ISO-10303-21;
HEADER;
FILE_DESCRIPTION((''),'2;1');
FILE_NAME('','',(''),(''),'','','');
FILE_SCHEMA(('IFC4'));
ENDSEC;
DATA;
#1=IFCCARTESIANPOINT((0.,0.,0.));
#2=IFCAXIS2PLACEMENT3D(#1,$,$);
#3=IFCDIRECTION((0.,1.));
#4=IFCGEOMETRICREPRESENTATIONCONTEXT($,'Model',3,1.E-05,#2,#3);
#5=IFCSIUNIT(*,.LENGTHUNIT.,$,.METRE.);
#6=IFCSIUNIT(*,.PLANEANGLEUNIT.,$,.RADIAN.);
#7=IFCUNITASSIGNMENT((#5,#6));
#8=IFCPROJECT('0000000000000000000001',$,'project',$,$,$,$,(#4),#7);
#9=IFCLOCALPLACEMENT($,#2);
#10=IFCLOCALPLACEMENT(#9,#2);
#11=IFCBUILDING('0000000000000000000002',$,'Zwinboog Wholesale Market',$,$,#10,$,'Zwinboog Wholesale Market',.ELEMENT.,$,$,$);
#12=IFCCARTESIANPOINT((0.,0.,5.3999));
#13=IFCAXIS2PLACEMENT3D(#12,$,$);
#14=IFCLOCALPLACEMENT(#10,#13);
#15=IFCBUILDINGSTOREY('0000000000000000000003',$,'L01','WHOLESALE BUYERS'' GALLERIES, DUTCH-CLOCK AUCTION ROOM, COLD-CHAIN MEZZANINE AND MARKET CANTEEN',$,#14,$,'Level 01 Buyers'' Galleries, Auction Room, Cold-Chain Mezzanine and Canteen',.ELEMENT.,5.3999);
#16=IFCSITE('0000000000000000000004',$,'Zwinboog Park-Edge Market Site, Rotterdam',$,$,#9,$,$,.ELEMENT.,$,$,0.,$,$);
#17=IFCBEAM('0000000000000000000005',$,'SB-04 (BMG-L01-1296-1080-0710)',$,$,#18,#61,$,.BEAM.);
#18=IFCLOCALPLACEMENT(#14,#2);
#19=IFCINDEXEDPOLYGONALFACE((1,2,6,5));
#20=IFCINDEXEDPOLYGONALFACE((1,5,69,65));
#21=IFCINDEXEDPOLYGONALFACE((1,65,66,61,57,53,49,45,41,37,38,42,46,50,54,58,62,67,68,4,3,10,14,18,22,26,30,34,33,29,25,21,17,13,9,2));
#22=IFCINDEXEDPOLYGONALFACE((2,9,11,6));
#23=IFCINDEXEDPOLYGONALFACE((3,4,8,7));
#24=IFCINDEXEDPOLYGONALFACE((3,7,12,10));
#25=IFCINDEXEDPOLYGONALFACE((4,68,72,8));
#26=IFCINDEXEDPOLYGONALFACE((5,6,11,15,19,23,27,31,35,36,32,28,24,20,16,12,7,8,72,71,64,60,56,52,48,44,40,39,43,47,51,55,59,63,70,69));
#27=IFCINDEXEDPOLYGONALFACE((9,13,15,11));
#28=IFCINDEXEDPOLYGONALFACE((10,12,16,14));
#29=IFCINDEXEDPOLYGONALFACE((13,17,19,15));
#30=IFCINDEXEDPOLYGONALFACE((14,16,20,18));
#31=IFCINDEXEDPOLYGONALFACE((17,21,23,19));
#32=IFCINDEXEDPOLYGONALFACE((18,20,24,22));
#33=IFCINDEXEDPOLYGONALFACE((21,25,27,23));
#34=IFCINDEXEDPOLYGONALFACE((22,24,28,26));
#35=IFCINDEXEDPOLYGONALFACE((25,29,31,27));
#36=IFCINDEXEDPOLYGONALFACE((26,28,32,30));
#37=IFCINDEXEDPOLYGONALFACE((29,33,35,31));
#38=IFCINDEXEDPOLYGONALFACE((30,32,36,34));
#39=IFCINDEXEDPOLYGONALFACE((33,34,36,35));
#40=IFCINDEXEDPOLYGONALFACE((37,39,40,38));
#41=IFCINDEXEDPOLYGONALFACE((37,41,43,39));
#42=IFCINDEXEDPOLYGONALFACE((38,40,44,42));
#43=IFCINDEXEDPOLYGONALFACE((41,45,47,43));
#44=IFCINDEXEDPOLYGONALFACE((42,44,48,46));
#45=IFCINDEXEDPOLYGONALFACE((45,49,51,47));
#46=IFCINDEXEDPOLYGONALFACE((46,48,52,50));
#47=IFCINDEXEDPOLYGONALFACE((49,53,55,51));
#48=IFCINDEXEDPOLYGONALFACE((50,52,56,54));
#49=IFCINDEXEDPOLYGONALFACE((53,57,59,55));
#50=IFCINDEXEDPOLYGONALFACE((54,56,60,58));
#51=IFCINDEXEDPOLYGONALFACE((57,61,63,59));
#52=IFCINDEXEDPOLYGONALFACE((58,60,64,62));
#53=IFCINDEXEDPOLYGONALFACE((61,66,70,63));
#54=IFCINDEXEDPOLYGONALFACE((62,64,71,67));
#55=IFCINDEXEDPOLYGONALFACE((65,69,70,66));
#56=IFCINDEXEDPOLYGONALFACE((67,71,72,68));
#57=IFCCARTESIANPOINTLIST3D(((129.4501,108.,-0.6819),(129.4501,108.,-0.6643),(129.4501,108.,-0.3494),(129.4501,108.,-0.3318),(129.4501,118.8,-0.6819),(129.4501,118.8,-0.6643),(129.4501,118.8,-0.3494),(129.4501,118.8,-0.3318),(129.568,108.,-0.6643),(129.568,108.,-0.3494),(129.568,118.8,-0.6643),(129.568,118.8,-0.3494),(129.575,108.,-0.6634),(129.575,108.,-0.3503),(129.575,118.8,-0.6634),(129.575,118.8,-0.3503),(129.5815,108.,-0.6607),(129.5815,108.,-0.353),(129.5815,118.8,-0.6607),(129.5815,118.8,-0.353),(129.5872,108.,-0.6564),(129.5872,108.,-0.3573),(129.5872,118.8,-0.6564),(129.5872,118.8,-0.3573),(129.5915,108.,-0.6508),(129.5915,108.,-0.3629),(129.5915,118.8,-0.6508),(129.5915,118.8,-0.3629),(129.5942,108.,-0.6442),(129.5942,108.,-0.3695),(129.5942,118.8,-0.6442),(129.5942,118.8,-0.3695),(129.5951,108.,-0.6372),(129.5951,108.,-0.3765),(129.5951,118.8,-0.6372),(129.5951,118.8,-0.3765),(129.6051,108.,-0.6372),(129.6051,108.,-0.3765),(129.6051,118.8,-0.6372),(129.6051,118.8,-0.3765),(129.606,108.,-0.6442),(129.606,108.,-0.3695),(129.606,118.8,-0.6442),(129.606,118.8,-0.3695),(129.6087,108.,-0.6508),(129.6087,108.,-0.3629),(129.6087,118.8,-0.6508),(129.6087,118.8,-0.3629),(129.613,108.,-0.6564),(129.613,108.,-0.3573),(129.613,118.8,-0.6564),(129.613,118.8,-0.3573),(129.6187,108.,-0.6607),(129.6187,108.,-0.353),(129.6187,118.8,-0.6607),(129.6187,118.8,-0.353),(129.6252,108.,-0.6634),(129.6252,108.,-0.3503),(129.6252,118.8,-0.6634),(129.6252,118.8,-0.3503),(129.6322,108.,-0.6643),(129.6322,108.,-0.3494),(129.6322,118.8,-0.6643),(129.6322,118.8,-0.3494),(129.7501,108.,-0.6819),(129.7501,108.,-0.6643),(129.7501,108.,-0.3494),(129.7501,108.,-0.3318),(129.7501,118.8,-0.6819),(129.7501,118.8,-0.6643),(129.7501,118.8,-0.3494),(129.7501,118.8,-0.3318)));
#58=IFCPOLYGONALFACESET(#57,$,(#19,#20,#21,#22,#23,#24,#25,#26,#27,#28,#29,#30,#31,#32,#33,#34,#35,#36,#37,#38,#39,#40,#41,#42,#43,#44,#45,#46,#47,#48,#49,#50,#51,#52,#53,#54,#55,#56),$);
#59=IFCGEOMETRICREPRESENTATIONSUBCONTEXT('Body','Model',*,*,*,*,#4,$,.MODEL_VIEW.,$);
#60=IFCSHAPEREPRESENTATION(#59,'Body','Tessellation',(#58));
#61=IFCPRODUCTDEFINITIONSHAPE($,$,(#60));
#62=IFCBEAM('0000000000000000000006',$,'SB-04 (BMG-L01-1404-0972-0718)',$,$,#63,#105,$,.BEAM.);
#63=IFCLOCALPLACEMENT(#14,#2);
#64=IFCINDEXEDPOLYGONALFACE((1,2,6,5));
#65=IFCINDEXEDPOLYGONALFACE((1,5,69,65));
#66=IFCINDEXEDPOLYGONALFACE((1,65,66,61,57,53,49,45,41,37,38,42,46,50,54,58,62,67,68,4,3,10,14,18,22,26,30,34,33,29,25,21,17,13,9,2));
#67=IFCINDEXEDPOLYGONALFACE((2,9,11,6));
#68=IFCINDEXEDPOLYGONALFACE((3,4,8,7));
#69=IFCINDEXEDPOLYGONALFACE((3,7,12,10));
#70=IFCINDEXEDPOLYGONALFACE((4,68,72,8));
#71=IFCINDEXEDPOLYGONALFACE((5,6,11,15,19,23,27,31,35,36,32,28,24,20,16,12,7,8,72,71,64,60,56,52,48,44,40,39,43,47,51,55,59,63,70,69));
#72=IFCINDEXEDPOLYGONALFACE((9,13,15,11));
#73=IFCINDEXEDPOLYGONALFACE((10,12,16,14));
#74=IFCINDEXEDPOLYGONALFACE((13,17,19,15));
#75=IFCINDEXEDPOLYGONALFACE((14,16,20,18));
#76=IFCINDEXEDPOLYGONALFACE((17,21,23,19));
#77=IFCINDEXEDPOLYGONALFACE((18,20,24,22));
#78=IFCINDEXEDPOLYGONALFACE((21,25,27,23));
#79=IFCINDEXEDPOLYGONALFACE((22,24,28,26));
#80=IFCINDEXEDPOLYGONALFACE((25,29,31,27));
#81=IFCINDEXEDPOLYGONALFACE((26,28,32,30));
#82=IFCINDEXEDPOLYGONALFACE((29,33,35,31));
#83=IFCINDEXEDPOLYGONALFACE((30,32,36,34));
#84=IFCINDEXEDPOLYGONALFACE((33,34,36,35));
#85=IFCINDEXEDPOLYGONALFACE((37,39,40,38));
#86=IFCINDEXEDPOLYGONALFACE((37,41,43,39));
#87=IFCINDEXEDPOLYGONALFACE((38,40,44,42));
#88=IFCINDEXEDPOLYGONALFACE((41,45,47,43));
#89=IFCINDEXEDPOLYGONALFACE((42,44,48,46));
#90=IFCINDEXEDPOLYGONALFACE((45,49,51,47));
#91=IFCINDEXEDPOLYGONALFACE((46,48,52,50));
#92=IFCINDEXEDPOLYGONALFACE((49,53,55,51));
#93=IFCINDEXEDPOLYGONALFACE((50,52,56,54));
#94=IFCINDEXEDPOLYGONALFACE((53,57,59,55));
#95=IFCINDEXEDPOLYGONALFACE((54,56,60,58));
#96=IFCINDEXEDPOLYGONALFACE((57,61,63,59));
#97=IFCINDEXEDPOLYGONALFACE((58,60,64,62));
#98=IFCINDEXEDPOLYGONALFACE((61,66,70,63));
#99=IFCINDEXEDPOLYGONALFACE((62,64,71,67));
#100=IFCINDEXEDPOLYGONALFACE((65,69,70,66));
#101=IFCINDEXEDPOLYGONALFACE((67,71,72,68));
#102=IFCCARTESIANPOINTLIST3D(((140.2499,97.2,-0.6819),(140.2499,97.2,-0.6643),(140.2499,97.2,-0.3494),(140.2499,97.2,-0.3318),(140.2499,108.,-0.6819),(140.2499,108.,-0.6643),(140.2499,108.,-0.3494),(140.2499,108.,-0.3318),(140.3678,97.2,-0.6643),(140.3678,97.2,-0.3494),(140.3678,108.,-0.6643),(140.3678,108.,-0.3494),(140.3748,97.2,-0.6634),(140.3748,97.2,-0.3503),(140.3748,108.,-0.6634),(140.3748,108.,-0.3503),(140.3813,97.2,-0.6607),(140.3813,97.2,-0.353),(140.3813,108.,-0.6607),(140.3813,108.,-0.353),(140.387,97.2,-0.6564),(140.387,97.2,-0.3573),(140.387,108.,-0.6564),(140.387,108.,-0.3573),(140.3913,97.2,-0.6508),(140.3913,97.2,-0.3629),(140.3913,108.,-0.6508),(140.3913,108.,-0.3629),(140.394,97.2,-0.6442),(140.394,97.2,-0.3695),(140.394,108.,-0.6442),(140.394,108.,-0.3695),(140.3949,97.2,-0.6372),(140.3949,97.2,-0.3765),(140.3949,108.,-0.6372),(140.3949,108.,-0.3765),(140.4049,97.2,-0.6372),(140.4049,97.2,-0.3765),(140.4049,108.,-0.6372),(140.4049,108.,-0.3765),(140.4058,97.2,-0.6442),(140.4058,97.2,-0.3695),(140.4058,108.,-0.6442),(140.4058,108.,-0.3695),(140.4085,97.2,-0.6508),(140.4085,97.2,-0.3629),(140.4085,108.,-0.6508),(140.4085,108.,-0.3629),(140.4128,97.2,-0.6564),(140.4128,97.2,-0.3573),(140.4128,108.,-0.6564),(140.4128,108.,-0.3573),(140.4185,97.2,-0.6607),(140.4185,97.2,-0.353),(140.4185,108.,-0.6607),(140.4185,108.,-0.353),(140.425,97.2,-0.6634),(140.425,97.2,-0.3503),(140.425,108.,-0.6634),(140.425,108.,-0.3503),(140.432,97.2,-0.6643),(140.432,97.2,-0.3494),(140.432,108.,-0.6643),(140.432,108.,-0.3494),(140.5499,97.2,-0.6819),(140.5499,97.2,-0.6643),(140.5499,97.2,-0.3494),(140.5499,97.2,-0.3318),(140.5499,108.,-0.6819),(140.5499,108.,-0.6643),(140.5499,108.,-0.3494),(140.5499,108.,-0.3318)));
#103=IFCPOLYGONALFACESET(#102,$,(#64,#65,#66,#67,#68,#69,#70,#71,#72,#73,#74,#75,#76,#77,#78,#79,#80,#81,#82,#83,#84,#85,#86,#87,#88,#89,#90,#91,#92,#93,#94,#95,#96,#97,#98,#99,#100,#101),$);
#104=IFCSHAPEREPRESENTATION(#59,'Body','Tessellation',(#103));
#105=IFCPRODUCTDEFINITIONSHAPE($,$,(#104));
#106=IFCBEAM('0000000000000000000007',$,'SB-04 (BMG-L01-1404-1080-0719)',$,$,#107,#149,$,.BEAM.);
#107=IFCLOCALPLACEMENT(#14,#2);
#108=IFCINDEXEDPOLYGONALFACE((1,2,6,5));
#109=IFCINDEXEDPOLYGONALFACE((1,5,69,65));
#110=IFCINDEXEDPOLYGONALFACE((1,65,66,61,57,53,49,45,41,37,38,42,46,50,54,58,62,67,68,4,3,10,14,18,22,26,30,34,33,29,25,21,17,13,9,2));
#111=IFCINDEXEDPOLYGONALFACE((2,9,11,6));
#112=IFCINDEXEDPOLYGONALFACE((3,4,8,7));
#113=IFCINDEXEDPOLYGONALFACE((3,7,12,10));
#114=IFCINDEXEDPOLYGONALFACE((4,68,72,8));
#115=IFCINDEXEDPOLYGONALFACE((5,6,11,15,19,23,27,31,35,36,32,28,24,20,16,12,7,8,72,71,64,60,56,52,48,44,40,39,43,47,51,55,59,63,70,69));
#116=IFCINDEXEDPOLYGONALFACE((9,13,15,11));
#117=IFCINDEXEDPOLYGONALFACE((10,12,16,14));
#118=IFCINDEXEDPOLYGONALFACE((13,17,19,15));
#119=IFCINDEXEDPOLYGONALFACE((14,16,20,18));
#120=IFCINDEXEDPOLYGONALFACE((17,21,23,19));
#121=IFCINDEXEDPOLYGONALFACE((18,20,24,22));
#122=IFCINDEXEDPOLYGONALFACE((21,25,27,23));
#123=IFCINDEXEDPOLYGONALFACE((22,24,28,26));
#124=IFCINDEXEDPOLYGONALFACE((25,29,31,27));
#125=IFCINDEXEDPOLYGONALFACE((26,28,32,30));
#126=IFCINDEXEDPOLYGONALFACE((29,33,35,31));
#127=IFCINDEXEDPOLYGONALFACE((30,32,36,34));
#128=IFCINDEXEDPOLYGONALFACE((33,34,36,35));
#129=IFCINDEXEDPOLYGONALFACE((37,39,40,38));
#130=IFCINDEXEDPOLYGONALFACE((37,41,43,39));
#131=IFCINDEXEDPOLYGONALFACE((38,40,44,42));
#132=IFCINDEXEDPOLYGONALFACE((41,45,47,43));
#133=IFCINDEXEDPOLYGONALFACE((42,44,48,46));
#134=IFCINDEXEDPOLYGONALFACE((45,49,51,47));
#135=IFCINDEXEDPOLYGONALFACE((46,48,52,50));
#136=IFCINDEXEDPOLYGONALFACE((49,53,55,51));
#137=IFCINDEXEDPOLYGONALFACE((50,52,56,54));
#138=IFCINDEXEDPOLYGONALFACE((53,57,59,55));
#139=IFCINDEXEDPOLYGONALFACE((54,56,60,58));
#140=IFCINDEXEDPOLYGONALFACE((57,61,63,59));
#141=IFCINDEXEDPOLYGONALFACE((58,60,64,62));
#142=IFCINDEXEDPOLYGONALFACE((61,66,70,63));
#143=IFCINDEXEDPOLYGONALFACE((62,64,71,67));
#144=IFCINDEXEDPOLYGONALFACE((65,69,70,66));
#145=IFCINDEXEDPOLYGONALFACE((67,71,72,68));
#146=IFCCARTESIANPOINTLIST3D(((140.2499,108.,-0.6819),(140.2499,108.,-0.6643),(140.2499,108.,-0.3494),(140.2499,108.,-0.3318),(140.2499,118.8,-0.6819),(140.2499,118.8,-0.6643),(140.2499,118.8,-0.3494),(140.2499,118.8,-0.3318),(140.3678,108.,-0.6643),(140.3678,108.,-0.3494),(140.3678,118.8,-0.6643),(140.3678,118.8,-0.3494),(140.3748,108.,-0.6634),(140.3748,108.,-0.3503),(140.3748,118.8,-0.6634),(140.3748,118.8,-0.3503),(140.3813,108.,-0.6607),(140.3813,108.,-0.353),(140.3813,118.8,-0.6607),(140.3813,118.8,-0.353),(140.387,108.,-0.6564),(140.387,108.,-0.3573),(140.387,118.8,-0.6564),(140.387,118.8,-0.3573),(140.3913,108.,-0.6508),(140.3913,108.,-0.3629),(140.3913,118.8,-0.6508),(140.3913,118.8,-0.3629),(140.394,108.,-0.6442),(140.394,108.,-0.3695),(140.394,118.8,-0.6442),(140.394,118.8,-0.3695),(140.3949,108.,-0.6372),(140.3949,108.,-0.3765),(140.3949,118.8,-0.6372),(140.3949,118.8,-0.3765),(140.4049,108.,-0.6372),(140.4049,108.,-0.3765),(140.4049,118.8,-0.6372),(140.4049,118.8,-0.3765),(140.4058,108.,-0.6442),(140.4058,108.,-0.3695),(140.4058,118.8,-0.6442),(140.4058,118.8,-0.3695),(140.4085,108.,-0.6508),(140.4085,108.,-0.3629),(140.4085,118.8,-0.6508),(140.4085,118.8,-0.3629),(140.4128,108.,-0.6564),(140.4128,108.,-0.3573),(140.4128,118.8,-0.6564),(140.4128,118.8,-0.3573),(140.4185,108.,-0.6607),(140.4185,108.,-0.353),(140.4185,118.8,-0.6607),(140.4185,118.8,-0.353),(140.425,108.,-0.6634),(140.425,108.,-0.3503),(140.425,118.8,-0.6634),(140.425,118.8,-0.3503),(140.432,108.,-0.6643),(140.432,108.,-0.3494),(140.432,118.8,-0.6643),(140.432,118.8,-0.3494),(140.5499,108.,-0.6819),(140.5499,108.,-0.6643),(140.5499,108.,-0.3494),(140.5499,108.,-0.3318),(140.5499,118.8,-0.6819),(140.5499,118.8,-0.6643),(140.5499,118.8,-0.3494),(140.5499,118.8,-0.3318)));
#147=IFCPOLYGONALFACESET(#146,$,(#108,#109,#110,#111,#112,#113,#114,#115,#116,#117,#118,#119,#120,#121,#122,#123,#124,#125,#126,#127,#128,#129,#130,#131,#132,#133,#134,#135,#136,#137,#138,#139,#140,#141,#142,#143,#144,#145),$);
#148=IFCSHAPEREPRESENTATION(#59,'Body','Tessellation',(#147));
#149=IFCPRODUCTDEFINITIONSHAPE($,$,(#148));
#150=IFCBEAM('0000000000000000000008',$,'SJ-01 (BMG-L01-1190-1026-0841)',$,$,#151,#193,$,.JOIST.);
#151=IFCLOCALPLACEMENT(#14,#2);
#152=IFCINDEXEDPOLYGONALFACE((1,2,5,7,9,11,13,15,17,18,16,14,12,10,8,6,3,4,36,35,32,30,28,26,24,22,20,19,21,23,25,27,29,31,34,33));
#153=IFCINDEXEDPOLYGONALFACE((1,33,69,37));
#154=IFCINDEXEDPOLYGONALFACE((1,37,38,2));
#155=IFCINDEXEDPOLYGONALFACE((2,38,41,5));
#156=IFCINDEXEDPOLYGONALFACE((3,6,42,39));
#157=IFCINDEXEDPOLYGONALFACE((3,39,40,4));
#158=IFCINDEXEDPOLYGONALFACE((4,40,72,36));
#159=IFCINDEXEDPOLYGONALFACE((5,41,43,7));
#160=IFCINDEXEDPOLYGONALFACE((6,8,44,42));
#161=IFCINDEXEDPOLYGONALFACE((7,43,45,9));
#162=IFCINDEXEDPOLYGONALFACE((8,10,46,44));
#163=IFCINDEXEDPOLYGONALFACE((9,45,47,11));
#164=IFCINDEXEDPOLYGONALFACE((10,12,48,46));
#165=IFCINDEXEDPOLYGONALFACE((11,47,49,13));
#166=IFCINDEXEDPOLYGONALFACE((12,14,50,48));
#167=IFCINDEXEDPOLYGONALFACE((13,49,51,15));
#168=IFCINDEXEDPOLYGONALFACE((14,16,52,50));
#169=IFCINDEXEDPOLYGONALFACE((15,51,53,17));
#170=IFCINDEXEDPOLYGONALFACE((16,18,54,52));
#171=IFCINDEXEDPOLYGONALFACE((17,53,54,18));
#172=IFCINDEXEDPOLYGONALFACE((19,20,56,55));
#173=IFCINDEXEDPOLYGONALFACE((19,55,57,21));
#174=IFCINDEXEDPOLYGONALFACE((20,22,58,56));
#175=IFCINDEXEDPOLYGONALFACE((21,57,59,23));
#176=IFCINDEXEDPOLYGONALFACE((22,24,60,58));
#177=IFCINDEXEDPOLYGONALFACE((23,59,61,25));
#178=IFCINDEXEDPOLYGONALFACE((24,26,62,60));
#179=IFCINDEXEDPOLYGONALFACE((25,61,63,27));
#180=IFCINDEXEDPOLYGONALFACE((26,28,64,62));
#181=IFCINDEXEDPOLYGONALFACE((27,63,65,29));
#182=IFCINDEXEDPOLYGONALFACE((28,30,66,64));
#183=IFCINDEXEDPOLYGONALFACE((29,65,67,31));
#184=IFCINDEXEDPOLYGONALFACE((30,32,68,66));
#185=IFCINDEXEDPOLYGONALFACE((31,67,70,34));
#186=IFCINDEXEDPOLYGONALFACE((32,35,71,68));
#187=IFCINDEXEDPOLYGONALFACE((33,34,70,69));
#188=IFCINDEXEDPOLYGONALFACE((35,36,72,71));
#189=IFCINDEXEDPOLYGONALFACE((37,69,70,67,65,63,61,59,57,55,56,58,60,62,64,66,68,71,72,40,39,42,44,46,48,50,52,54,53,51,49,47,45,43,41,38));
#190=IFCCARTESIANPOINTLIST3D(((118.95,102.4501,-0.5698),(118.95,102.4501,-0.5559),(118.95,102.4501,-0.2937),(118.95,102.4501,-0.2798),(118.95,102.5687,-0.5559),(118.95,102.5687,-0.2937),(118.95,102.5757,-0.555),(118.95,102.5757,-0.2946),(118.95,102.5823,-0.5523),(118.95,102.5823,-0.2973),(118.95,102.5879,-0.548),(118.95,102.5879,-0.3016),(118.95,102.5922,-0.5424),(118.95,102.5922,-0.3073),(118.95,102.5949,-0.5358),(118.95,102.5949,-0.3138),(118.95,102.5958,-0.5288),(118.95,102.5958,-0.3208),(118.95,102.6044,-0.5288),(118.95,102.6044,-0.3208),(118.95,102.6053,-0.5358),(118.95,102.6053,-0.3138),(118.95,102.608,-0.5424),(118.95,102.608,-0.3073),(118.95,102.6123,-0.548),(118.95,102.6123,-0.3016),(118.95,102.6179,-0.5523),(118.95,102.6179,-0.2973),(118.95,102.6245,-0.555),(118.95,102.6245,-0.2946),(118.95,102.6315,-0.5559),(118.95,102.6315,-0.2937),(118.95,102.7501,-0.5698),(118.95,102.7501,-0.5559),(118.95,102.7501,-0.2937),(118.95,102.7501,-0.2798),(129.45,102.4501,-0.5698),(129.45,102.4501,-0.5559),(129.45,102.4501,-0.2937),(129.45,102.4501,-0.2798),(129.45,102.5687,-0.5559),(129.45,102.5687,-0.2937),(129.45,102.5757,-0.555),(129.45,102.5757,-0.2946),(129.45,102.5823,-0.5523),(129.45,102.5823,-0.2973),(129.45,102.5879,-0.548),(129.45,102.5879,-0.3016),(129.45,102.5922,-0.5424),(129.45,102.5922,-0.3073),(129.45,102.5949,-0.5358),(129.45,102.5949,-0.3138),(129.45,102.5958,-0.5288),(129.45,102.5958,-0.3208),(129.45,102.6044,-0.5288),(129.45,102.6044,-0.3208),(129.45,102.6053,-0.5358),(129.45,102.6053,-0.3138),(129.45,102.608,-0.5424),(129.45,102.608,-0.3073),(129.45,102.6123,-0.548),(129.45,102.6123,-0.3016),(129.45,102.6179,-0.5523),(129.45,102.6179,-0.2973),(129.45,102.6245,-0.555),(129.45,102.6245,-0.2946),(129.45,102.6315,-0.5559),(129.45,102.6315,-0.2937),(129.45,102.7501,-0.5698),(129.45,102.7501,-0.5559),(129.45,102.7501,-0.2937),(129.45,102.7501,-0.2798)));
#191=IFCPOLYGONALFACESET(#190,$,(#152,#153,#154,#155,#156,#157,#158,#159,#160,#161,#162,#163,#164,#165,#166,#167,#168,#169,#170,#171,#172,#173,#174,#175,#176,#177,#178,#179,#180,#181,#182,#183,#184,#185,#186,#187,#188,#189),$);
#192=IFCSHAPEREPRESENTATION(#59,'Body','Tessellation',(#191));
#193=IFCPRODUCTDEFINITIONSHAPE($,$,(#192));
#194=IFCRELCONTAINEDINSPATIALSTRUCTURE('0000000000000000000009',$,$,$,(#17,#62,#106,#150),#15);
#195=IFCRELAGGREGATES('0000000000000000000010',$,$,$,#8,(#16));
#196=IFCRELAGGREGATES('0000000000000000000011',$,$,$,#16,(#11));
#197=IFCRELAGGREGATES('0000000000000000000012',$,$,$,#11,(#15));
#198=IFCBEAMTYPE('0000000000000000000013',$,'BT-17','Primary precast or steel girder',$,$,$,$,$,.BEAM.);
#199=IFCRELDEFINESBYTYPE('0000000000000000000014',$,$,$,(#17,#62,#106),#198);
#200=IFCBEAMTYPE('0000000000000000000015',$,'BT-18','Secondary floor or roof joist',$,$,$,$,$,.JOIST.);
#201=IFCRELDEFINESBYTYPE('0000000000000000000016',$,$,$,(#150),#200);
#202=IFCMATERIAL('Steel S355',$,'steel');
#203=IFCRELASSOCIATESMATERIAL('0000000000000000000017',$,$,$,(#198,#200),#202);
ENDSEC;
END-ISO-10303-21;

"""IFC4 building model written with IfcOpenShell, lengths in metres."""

from ifc_helpers import new_model, si_unit, direction, frame, origin, origin_2d, place, context, subcontext, project, spatial, i_section, extrude, material, material_profile, profile_set, type_object, element, save


model = new_model("IFC4")

# Units and contexts
model_context = context("Model", 3, precision=1e-05, world=origin(), true_north=direction((0.0, 1.0)))
body_context = subcontext(model_context, "Body", "Model", "MODEL_VIEW")
ifc_project = project(units=[si_unit("LENGTHUNIT", "METRE"), si_unit("PLANEANGLEUNIT", "RADIAN")], contexts=[model_context])

# Site, building, storey
site_placement = place(None, origin())
site = spatial("IfcSite", under=ifc_project, at=site_placement, Name="Zwinboog Park-Edge Market Site, Rotterdam", CompositionType="ELEMENT", RefElevation=0.0)
building_placement = place(site_placement, origin())
building = spatial("IfcBuilding", under=site, at=building_placement, Name="Zwinboog Wholesale Market", LongName="Zwinboog Wholesale Market", CompositionType="ELEMENT")
storey_placement = place(building_placement, frame((0.0, 0.0, 5.3999)))
storey = spatial("IfcBuildingStorey", under=building, at=storey_placement, Name="L01", Description="WHOLESALE BUYERS' GALLERIES, DUTCH-CLOCK AUCTION ROOM, COLD-CHAIN MEZZANINE AND MARKET CANTEEN", LongName="Level 01 Buyers' Galleries, Auction Room, Cold-Chain Mezzanine and Canteen", CompositionType="ELEMENT", Elevation=5.3999)

# Beams
ifc_material_1 = material(Name="Steel S355", Category="steel")
ifc_material_profile_1 = material_profile(ifc_material_1, i_section(OverallWidth=0.3, OverallDepth=0.3501, WebThickness=0.01, FlangeThickness=0.0176, FilletRadius=0.0271, at=origin_2d()), Name="HEA 360")
ifc_profile_set_1 = profile_set([ifc_material_profile_1], Name="Steel S355")
beam_type_1 = type_object("IfcBeamType", Name="BT-17", Description="Primary precast or steel girder", PredefinedType="BEAM", material=ifc_profile_set_1)
for number, where, z_axis, x_axis, name in (
    (1, (129.6001, 108.0, -0.5068), (0.0, 1.0, 0.0), (-1.0, 0.0, 0.0), "SB-04 (BMG-L01-1296-1080-0710)"),
    (2, (140.3999, 97.2, -0.5068), (0.0, 1.0, 0.0), (-1.0, 0.0, 0.0), "SB-04 (BMG-L01-1404-0972-0718)"),
    (3, (140.3999, 108.0, -0.5068), (0.0, 1.0, 0.0), (-1.0, 0.0, 0.0), "SB-04 (BMG-L01-1404-1080-0719)"),
):
    element("IfcBeam", number, at=place(storey_placement, frame(where, z_axis=z_axis, x_axis=x_axis)), inside=storey, type_object=beam_type_1, Name=name, PredefinedType="BEAM", context=body_context, shape_type="SweptSolid", body=[
        extrude(i_section(OverallWidth=0.3, OverallDepth=0.3501, WebThickness=0.01, FlangeThickness=0.0176, FilletRadius=0.0271, at=origin_2d()), origin(), (0.0, 0.0, 1.0), 10.8),
    ])
ifc_material_profile_2 = material_profile(ifc_material_1, i_section(OverallWidth=0.3, OverallDepth=0.29, WebThickness=0.0085, FlangeThickness=0.0139, FilletRadius=0.0271, at=origin_2d()), Name="HEA 300")
ifc_profile_set_2 = profile_set([ifc_material_profile_2], Name="Steel S355")
beam_type_2 = type_object("IfcBeamType", Name="BT-18", Description="Secondary floor or roof joist", PredefinedType="JOIST", material=ifc_profile_set_2)
beam_1_placement = place(storey_placement, frame((118.95, 102.6001, -0.4248), z_axis=(1.0, 0.0, 0.0), x_axis=(0.0, 1.0, 0.0)))
element("IfcBeam", 4, at=beam_1_placement, inside=storey, type_object=beam_type_2, Name="SJ-01 (BMG-L01-1190-1026-0841)", PredefinedType="JOIST", context=body_context, shape_type="SweptSolid", body=[
    extrude(i_section(OverallWidth=0.3, OverallDepth=0.29, WebThickness=0.0085, FlangeThickness=0.0139, FilletRadius=0.0271, at=origin_2d()), origin(), (0.0, 0.0, 1.0), 10.5),
])

save(model, "model.ifc")
